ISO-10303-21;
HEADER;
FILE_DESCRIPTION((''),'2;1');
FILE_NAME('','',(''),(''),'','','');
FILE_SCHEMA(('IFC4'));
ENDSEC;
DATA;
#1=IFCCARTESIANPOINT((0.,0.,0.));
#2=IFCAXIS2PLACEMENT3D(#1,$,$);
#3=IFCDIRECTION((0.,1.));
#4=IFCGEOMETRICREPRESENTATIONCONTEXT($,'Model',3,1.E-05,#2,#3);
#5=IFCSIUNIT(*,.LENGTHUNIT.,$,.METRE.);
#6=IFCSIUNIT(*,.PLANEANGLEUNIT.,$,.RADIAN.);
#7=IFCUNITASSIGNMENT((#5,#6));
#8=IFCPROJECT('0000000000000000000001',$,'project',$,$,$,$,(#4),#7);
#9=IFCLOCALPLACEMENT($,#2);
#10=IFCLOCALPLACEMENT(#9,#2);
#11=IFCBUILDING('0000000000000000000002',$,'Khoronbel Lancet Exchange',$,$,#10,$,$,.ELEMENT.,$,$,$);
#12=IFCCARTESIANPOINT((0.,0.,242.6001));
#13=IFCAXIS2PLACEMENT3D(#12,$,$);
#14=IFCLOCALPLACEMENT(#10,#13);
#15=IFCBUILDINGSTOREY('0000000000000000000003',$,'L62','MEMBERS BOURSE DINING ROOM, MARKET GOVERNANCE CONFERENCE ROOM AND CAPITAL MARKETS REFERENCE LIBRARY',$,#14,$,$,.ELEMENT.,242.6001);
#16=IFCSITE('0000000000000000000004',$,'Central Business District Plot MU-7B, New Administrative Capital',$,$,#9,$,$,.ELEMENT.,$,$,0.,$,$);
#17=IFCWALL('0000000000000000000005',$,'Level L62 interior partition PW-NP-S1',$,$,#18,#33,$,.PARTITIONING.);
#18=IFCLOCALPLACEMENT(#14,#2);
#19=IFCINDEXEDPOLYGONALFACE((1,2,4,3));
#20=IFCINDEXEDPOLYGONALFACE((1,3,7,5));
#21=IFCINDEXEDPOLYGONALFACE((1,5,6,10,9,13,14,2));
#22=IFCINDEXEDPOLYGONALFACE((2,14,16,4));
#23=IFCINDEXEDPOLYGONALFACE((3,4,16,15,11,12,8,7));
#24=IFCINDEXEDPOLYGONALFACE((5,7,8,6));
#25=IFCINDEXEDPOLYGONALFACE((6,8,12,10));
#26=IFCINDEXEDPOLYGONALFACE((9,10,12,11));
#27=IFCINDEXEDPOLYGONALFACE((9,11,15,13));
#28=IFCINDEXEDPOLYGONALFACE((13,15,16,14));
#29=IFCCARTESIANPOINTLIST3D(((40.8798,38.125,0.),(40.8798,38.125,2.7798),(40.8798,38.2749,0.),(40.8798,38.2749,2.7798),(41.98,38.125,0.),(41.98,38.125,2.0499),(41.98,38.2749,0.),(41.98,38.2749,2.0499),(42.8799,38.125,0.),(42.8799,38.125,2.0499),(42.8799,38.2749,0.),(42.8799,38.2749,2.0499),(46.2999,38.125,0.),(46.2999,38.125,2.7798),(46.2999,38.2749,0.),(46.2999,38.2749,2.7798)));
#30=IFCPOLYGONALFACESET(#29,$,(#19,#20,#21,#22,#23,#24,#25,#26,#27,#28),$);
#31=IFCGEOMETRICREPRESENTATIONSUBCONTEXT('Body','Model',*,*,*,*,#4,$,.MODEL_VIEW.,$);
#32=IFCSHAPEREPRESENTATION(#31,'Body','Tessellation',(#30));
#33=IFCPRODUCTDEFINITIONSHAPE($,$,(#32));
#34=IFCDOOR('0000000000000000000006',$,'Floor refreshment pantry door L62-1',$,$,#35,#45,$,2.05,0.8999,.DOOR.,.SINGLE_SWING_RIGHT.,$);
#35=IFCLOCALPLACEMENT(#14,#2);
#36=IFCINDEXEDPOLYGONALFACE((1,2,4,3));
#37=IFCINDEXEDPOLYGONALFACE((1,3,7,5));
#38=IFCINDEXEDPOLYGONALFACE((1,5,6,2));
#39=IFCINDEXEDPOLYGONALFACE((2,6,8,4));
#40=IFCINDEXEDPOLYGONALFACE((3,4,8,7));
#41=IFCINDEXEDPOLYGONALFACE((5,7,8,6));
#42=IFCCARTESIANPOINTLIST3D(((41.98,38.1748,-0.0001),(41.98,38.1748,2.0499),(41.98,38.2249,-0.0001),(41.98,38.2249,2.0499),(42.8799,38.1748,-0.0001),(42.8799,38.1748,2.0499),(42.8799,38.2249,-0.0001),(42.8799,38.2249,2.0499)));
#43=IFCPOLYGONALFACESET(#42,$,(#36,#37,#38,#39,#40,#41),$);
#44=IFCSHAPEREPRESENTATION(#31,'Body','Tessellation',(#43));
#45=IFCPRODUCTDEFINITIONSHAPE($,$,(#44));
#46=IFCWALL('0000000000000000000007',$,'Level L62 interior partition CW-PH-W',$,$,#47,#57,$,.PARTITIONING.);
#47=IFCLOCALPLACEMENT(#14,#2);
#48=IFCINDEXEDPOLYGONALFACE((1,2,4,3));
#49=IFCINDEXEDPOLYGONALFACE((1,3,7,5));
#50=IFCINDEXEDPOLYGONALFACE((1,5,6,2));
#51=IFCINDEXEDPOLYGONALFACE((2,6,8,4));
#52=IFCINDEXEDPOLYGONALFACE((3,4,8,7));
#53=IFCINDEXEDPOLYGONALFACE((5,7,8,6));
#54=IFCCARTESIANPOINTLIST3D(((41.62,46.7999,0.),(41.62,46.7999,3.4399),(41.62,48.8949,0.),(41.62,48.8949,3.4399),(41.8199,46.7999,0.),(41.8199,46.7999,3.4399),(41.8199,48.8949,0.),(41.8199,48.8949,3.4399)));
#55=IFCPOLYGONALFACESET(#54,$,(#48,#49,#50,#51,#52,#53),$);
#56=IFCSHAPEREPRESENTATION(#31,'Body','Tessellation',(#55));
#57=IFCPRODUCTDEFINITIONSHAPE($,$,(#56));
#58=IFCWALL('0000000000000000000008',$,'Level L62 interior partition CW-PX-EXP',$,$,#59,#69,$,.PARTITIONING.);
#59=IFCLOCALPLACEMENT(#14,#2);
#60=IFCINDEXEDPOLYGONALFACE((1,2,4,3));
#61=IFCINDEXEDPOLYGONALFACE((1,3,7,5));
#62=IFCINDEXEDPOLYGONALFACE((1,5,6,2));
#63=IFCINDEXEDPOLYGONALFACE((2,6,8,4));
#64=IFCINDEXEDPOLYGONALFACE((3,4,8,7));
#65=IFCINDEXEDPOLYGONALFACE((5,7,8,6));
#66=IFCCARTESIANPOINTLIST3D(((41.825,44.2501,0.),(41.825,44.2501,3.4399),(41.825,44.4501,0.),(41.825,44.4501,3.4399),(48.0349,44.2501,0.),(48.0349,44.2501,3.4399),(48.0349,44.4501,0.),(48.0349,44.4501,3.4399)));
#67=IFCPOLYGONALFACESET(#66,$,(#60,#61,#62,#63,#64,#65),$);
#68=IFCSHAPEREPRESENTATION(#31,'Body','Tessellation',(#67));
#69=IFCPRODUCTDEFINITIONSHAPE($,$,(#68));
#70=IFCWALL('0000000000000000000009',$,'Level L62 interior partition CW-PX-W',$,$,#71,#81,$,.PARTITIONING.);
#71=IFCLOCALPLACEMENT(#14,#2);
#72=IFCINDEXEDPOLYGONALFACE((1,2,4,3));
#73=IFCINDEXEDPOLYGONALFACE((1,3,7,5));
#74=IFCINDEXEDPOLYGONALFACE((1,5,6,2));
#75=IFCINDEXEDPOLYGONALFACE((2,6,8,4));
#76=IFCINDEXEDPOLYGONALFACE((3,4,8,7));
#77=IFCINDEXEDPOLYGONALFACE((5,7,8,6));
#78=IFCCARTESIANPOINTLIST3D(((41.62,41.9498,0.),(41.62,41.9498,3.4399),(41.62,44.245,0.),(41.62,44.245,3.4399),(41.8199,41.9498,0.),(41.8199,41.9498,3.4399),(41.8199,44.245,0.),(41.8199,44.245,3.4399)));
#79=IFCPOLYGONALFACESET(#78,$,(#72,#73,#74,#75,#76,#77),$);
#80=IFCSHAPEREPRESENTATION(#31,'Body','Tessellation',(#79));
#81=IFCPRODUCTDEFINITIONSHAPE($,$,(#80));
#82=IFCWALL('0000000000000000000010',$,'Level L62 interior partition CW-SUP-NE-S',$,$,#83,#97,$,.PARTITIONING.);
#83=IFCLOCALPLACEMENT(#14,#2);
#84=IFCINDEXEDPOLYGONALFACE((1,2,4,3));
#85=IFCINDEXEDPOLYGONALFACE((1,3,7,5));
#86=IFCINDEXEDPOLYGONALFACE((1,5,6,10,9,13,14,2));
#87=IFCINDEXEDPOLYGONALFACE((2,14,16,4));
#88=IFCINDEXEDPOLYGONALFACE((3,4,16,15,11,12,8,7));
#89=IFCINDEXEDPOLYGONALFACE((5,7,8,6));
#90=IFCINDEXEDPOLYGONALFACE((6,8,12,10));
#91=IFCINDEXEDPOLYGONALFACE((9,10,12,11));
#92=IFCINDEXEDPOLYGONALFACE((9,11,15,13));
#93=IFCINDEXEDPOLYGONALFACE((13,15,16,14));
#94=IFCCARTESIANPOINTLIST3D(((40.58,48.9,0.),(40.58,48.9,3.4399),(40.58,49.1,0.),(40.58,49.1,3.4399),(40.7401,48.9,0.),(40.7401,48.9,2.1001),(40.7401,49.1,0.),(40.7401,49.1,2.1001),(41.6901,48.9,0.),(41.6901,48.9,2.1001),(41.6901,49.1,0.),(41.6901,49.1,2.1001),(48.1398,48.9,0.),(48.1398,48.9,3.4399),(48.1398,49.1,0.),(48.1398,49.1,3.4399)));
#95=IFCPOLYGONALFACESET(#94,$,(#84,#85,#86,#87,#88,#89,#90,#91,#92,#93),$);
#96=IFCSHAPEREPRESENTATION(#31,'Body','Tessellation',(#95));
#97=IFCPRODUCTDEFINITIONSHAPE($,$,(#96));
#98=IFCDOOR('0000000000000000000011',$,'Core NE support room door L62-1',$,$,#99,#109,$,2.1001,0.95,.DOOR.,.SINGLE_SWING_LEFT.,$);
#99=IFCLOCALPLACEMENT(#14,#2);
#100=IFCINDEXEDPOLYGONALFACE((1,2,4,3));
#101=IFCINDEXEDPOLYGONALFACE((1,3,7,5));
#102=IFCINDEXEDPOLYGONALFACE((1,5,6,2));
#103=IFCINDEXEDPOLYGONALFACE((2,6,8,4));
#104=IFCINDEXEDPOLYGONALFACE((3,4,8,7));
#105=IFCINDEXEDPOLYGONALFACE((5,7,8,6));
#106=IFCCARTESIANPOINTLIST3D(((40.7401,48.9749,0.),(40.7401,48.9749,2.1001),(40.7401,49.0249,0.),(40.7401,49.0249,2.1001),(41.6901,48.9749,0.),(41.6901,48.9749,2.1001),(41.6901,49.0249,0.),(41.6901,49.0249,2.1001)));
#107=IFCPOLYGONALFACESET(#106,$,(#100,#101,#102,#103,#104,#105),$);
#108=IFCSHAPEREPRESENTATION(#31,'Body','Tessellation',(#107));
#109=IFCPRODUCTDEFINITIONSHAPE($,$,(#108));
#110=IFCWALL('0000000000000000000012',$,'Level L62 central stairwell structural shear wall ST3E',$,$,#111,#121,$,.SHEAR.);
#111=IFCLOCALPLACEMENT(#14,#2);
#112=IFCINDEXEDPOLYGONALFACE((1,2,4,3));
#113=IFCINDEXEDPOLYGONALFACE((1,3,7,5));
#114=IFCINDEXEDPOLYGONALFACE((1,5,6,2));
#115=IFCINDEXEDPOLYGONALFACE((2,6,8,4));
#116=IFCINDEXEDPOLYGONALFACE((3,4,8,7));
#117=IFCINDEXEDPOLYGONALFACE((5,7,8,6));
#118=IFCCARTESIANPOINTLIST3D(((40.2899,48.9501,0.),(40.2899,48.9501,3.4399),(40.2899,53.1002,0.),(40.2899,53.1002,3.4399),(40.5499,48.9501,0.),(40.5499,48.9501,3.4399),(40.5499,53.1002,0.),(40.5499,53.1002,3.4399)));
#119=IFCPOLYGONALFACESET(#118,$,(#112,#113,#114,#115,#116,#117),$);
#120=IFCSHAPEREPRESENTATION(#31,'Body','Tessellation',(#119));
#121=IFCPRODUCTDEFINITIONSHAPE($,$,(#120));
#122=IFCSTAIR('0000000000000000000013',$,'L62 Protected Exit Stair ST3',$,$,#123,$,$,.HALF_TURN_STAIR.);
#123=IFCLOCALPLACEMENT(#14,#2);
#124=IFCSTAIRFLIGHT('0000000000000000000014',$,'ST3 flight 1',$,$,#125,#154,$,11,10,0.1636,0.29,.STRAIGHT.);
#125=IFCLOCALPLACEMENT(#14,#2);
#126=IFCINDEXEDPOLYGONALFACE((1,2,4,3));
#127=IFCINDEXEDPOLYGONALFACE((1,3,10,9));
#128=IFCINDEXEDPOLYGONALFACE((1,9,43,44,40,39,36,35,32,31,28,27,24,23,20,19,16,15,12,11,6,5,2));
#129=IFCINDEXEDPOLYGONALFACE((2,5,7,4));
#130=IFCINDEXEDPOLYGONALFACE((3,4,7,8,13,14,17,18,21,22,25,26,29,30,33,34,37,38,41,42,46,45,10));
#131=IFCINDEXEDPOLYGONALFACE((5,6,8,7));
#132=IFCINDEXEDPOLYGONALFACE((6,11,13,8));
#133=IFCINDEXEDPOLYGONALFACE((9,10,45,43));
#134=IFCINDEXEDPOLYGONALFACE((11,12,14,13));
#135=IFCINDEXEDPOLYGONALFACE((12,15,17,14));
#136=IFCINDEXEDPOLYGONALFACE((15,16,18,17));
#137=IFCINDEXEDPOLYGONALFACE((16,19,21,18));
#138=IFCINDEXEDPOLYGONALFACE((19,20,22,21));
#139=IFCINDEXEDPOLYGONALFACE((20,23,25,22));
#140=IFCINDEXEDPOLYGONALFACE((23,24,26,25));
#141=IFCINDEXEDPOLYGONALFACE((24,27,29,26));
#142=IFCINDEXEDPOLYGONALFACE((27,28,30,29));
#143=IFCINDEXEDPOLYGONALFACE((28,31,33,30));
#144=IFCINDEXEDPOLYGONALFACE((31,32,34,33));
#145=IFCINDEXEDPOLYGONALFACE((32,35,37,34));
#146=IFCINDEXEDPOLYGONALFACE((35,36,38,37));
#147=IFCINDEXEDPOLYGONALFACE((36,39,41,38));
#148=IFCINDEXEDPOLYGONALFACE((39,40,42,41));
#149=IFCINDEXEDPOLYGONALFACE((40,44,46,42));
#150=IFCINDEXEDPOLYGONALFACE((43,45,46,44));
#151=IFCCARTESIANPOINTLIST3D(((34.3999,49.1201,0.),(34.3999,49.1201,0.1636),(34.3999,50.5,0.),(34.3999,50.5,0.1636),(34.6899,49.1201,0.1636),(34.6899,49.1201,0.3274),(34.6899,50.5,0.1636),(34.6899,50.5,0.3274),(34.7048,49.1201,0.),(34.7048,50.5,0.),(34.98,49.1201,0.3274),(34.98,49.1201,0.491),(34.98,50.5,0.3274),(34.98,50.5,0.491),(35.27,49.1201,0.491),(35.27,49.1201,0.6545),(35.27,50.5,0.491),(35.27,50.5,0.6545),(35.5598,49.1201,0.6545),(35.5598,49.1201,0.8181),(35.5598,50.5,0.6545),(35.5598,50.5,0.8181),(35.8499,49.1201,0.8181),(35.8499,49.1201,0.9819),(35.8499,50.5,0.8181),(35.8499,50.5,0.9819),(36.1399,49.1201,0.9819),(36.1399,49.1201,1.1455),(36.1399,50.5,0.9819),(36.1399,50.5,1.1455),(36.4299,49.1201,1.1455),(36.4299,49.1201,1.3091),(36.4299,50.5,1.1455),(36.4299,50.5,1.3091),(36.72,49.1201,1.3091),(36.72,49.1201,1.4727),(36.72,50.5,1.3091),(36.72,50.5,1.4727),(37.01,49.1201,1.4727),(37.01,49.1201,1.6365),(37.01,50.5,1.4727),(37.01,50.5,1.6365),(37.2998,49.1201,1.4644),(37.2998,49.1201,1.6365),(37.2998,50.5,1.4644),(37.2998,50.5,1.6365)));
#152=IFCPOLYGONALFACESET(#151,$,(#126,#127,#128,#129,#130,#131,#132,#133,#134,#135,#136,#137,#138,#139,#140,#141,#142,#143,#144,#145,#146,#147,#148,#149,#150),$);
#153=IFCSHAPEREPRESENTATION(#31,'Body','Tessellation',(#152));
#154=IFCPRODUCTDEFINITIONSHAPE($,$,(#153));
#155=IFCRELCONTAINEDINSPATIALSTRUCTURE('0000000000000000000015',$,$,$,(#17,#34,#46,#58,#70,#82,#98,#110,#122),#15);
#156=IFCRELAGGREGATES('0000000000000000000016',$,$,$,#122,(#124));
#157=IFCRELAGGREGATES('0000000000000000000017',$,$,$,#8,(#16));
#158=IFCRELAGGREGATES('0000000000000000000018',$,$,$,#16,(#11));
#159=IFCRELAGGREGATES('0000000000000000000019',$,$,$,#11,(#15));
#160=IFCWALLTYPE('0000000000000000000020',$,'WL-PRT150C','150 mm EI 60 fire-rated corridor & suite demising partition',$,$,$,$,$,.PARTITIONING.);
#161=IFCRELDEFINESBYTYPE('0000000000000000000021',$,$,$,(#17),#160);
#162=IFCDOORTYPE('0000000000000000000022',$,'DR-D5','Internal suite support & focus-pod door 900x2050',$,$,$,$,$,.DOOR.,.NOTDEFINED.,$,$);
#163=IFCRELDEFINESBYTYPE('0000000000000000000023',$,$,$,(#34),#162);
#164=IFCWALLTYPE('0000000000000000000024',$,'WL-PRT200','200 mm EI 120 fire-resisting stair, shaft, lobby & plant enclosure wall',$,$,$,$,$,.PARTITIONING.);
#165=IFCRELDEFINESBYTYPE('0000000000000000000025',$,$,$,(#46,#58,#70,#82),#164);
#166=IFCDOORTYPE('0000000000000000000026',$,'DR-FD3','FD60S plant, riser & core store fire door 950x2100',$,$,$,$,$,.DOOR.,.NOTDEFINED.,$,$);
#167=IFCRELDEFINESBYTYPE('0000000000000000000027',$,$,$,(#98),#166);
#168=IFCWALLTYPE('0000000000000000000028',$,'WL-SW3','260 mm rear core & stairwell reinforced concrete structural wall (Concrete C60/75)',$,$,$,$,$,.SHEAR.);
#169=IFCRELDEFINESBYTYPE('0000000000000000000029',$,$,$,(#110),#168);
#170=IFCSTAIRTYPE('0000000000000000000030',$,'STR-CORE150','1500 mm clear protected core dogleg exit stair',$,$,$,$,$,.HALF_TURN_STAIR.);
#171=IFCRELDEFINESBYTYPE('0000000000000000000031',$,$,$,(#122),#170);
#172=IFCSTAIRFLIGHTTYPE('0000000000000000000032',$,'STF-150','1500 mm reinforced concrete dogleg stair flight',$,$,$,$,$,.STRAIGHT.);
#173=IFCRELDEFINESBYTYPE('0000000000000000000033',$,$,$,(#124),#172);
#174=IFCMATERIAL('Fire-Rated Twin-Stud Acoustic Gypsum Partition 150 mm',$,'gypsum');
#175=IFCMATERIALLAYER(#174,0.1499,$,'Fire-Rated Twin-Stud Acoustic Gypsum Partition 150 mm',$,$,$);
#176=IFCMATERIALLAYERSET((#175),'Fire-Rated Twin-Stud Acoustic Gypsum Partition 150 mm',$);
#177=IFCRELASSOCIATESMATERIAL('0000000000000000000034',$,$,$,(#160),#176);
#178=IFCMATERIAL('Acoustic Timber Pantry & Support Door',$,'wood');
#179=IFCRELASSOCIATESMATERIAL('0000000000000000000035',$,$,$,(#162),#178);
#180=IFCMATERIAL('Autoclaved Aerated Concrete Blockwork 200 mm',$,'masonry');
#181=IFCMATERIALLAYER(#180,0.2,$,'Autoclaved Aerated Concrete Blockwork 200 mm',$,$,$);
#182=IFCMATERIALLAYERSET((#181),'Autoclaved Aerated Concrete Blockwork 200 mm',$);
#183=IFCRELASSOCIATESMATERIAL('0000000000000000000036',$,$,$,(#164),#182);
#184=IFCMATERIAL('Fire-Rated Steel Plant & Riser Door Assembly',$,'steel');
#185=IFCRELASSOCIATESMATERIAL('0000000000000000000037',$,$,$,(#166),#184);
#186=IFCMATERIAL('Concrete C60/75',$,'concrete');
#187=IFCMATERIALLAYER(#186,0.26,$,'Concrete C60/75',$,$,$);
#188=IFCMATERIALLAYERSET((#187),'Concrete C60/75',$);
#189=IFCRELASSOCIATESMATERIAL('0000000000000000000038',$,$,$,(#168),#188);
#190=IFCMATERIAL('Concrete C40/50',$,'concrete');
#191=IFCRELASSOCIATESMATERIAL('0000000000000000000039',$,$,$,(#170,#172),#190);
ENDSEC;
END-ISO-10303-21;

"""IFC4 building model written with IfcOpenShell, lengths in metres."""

from ifc_helpers import new_model, si_unit, direction, frame, frame_2d, origin, place, context, subcontext, project, spatial, polyline, rectangle, outline, extrude, material, layer, layer_set, type_object, element, fill, aggregate, save


model = new_model("IFC4")

# Units and contexts
model_context = context("Model", 3, precision=1e-05, world=origin(), true_north=direction((0.0, 1.0)))
body_context = subcontext(model_context, "Body", "Model", "MODEL_VIEW")
ifc_project = project(units=[si_unit("LENGTHUNIT", "METRE"), si_unit("PLANEANGLEUNIT", "RADIAN")], contexts=[model_context])

# Site, building, storey
site_placement = place(None, origin())
site = spatial("IfcSite", under=ifc_project, at=site_placement, Name="Central Business District Plot MU-7B, New Administrative Capital", CompositionType="ELEMENT", RefElevation=0.0)
building_placement = place(site_placement, origin())
building = spatial("IfcBuilding", under=site, at=building_placement, Name="Khoronbel Lancet Exchange", CompositionType="ELEMENT")
storey_placement = place(building_placement, frame((0.0, 0.0, 242.6001)))
storey = spatial("IfcBuildingStorey", under=building, at=storey_placement, Name="L62", Description="MEMBERS BOURSE DINING ROOM, MARKET GOVERNANCE CONFERENCE ROOM AND CAPITAL MARKETS REFERENCE LIBRARY", CompositionType="ELEMENT", Elevation=242.6001)

# Shared definitions
ifc_material_1 = material(Name="Concrete C60/75", Category="concrete")

# Wall, opening, door
ifc_material_2 = material(Name="Fire-Rated Twin-Stud Acoustic Gypsum Partition 150 mm", Category="gypsum")
ifc_layer_1 = layer(ifc_material_2, 0.1499, Name="Fire-Rated Twin-Stud Acoustic Gypsum Partition 150 mm")
ifc_layer_set_1 = layer_set([ifc_layer_1], Name="Fire-Rated Twin-Stud Acoustic Gypsum Partition 150 mm")
wall_type_1 = type_object("IfcWallType", Name="WL-PRT150C", Description="150 mm EI 60 fire-rated corridor & suite demising partition", PredefinedType="PARTITIONING", material=ifc_layer_set_1)
wall_1_placement = place(storey_placement, frame((40.8799, 38.2, 0.0), z_axis=(0.0, 0.0, 1.0), x_axis=(1.0, 0.0, 0.0)))
wall_1 = element("IfcWall", 1, at=wall_1_placement, inside=storey, type_object=wall_type_1, Name="Level L62 interior partition PW-NP-S1", PredefinedType="PARTITIONING", context=body_context, shape_type="SweptSolid", body=[
    extrude(rectangle(XDim=5.4202, YDim=0.1499, at=frame_2d((2.71, 0.0))), origin(), (0.0, 0.0, 1.0), 2.7798),
])
opening_1_placement = place(wall_1_placement, frame((1.1001, 0.0, 0.0)))
opening_1 = element("IfcOpeningElement", 2, at=opening_1_placement, cuts=wall_1, PredefinedType="OPENING", context=body_context, shape_type="SweptSolid", body=[
    extrude(rectangle(XDim=0.8999, YDim=2.05, at=frame_2d((0.45, 1.0249))), frame((0.0, 0.085, 0.0), z_axis=(0.0, -1.0, 0.0), x_axis=(1.0, 0.0, 0.0)), (0.0, 0.0, 1.0), 0.1699),
])
ifc_material_3 = material(Name="Acoustic Timber Pantry & Support Door", Category="wood")
door_type_1 = type_object("IfcDoorType", Name="DR-D5", Description="Internal suite support & focus-pod door 900x2050", OperationType="NOTDEFINED", PredefinedType="DOOR", material=ifc_material_3)
door_1_placement = place(opening_1_placement, origin())
door_1 = element("IfcDoor", 3, at=door_1_placement, inside=storey, type_object=door_type_1, Name="Floor refreshment pantry door L62-1", OperationType="SINGLE_SWING_RIGHT", OverallHeight=2.05, OverallWidth=0.8999, PredefinedType="DOOR", context=body_context, shape_type="SweptSolid", body=[
    extrude(rectangle(XDim=0.8999, YDim=2.05, at=frame_2d((0.45, 1.0249))), frame((0.0, 0.0249, 0.0), z_axis=(0.0, -1.0, 0.0), x_axis=(1.0, 0.0, 0.0)), (0.0, 0.0, 1.0), 0.05),
])
fill(opening_1, door_1)

# Walls
ifc_material_4 = material(Name="Autoclaved Aerated Concrete Blockwork 200 mm", Category="masonry")
ifc_layer_2 = layer(ifc_material_4, 0.2, Name="Autoclaved Aerated Concrete Blockwork 200 mm")
ifc_layer_set_2 = layer_set([ifc_layer_2], Name="Autoclaved Aerated Concrete Blockwork 200 mm")
wall_type_2 = type_object("IfcWallType", Name="WL-PRT200", Description="200 mm EI 120 fire-resisting stair, shaft, lobby & plant enclosure wall", PredefinedType="PARTITIONING", material=ifc_layer_set_2)
wall_2_placement = place(storey_placement, frame((41.72, 46.8, 0.0), z_axis=(0.0, 0.0, 1.0), x_axis=(0.0, 1.0, 0.0)))
element("IfcWall", 4, at=wall_2_placement, inside=storey, type_object=wall_type_2, Name="Level L62 interior partition CW-PH-W", PredefinedType="PARTITIONING", context=body_context, shape_type="SweptSolid", body=[
    extrude(rectangle(XDim=2.095, YDim=0.2, at=frame_2d((1.0474, 0.0))), origin(), (0.0, 0.0, 1.0), 3.4399),
])
wall_3_placement = place(storey_placement, frame((41.825, 44.3501, 0.0), z_axis=(0.0, 0.0, 1.0), x_axis=(1.0, 0.0, 0.0)))
element("IfcWall", 5, at=wall_3_placement, inside=storey, type_object=wall_type_2, Name="Level L62 interior partition CW-PX-EXP", PredefinedType="PARTITIONING", context=body_context, shape_type="SweptSolid", body=[
    extrude(rectangle(XDim=6.21, YDim=0.2, at=frame_2d((3.105, 0.0))), origin(), (0.0, 0.0, 1.0), 3.4399),
])
wall_4_placement = place(storey_placement, frame((41.72, 41.95, 0.0), z_axis=(0.0, 0.0, 1.0), x_axis=(0.0, 1.0, 0.0)))
element("IfcWall", 6, at=wall_4_placement, inside=storey, type_object=wall_type_2, Name="Level L62 interior partition CW-PX-W", PredefinedType="PARTITIONING", context=body_context, shape_type="SweptSolid", body=[
    extrude(rectangle(XDim=2.2952, YDim=0.2, at=frame_2d((1.1475, 0.0))), origin(), (0.0, 0.0, 1.0), 3.4399),
])

# Wall, opening, door
wall_5_placement = place(storey_placement, frame((40.5801, 49.0, 0.0), z_axis=(0.0, 0.0, 1.0), x_axis=(1.0, 0.0, 0.0)))
wall_5 = element("IfcWall", 7, at=wall_5_placement, inside=storey, type_object=wall_type_2, Name="Level L62 interior partition CW-SUP-NE-S", PredefinedType="PARTITIONING", context=body_context, shape_type="SweptSolid", body=[
    extrude(rectangle(XDim=7.5598, YDim=0.2, at=frame_2d((3.7798, 0.0))), origin(), (0.0, 0.0, 1.0), 3.4399),
])
opening_2_placement = place(wall_5_placement, frame((0.1599, 0.0, 0.0)))
opening_2 = element("IfcOpeningElement", 8, at=opening_2_placement, cuts=wall_5, PredefinedType="OPENING", context=body_context, shape_type="SweptSolid", body=[
    extrude(rectangle(XDim=0.95, YDim=2.1001, at=frame_2d((0.4751, 1.05))), frame((0.0, 0.1099, 0.0), z_axis=(0.0, -1.0, 0.0), x_axis=(1.0, 0.0, 0.0)), (0.0, 0.0, 1.0), 0.22),
])
ifc_material_5 = material(Name="Fire-Rated Steel Plant & Riser Door Assembly", Category="steel")
door_type_2 = type_object("IfcDoorType", Name="DR-FD3", Description="FD60S plant, riser & core store fire door 950x2100", OperationType="NOTDEFINED", PredefinedType="DOOR", material=ifc_material_5)
door_2_placement = place(opening_2_placement, origin())
door_2 = element("IfcDoor", 9, at=door_2_placement, inside=storey, type_object=door_type_2, Name="Core NE support room door L62-1", OperationType="SINGLE_SWING_LEFT", OverallHeight=2.1001, OverallWidth=0.95, PredefinedType="DOOR", context=body_context, shape_type="SweptSolid", body=[
    extrude(rectangle(XDim=0.95, YDim=2.1001, at=frame_2d((0.4751, 1.05))), frame((0.0, 0.0249, 0.0), z_axis=(0.0, -1.0, 0.0), x_axis=(1.0, 0.0, 0.0)), (0.0, 0.0, 1.0), 0.05),
])
fill(opening_2, door_2)

# Wall
ifc_layer_3 = layer(ifc_material_1, 0.26, Name="Concrete C60/75")
ifc_layer_set_3 = layer_set([ifc_layer_3], Name="Concrete C60/75")
wall_type_3 = type_object("IfcWallType", Name="WL-SW3", Description="260 mm rear core & stairwell reinforced concrete structural wall (Concrete C60/75)", PredefinedType="SHEAR", material=ifc_layer_set_3)
wall_6_placement = place(storey_placement, frame((40.4199, 48.95, 0.0), z_axis=(0.0, 0.0, 1.0), x_axis=(0.0, 1.0, 0.0)))
element("IfcWall", 10, at=wall_6_placement, inside=storey, type_object=wall_type_3, Name="Level L62 central stairwell structural shear wall ST3E", PredefinedType="SHEAR", context=body_context, shape_type="SweptSolid", body=[
    extrude(rectangle(XDim=4.1501, YDim=0.26, at=frame_2d((2.0752, 0.0))), origin(), (0.0, 0.0, 1.0), 3.4399),
])

# Stair, stair flight
ifc_material_6 = material(Name="Concrete C40/50", Category="concrete")
stair_type = type_object("IfcStairType", Name="STR-CORE150", Description="1500 mm clear protected core dogleg exit stair", PredefinedType="HALF_TURN_STAIR", material=ifc_material_6)
stair_placement = place(storey_placement, origin())
stair = element("IfcStair", 11, at=stair_placement, inside=storey, type_object=stair_type, Name="L62 Protected Exit Stair ST3", PredefinedType="HALF_TURN_STAIR")
stair_flight_type = type_object("IfcStairFlightType", Name="STF-150", Description="1500 mm reinforced concrete dogleg stair flight", PredefinedType="STRAIGHT", material=ifc_material_6)
stair_flight_1_placement = place(storey_placement, frame((34.3999, 49.8101, 0.0), z_axis=(0.0, 0.0, 1.0), x_axis=(1.0, 0.0, 0.0)))
stair_flight_1 = element("IfcStairFlight", 12, at=stair_flight_1_placement, type_object=stair_flight_type, Name="ST3 flight 1", NumberOfRisers=11, NumberOfTreads=10, PredefinedType="STRAIGHT", RiserHeight=0.1636, TreadLength=0.29, context=body_context, shape_type="SweptSolid", body=[
    extrude(outline(polyline([(0.0, 0.0), (0.0, 0.1636), (0.29, 0.1636), (0.29, 0.3274), (0.5801, 0.3274), (0.5801, 0.491), (0.8701, 0.491), (0.8701, 0.6545), (1.1599, 0.6545), (1.1599, 0.8181), (1.45, 0.8181), (1.45, 0.9819), (1.74, 0.9819), (1.74, 1.1455), (2.03, 1.1455), (2.03, 1.3091), (2.3201, 1.3091), (2.3201, 1.4727), (2.6101, 1.4727), (2.6101, 1.6365), (2.8999, 1.6365), (2.8999, 1.8), (2.8999, 1.4644), (0.3049, 0.0), (0.0, 0.0)])), frame((0.0, 0.6899, 0.0), z_axis=(0.0, -1.0, 0.0), x_axis=(1.0, 0.0, 0.0)), (0.0, 0.0, 1.0), 1.3799),
])
aggregate(stair, [stair_flight_1])

save(model, "model.ifc")
